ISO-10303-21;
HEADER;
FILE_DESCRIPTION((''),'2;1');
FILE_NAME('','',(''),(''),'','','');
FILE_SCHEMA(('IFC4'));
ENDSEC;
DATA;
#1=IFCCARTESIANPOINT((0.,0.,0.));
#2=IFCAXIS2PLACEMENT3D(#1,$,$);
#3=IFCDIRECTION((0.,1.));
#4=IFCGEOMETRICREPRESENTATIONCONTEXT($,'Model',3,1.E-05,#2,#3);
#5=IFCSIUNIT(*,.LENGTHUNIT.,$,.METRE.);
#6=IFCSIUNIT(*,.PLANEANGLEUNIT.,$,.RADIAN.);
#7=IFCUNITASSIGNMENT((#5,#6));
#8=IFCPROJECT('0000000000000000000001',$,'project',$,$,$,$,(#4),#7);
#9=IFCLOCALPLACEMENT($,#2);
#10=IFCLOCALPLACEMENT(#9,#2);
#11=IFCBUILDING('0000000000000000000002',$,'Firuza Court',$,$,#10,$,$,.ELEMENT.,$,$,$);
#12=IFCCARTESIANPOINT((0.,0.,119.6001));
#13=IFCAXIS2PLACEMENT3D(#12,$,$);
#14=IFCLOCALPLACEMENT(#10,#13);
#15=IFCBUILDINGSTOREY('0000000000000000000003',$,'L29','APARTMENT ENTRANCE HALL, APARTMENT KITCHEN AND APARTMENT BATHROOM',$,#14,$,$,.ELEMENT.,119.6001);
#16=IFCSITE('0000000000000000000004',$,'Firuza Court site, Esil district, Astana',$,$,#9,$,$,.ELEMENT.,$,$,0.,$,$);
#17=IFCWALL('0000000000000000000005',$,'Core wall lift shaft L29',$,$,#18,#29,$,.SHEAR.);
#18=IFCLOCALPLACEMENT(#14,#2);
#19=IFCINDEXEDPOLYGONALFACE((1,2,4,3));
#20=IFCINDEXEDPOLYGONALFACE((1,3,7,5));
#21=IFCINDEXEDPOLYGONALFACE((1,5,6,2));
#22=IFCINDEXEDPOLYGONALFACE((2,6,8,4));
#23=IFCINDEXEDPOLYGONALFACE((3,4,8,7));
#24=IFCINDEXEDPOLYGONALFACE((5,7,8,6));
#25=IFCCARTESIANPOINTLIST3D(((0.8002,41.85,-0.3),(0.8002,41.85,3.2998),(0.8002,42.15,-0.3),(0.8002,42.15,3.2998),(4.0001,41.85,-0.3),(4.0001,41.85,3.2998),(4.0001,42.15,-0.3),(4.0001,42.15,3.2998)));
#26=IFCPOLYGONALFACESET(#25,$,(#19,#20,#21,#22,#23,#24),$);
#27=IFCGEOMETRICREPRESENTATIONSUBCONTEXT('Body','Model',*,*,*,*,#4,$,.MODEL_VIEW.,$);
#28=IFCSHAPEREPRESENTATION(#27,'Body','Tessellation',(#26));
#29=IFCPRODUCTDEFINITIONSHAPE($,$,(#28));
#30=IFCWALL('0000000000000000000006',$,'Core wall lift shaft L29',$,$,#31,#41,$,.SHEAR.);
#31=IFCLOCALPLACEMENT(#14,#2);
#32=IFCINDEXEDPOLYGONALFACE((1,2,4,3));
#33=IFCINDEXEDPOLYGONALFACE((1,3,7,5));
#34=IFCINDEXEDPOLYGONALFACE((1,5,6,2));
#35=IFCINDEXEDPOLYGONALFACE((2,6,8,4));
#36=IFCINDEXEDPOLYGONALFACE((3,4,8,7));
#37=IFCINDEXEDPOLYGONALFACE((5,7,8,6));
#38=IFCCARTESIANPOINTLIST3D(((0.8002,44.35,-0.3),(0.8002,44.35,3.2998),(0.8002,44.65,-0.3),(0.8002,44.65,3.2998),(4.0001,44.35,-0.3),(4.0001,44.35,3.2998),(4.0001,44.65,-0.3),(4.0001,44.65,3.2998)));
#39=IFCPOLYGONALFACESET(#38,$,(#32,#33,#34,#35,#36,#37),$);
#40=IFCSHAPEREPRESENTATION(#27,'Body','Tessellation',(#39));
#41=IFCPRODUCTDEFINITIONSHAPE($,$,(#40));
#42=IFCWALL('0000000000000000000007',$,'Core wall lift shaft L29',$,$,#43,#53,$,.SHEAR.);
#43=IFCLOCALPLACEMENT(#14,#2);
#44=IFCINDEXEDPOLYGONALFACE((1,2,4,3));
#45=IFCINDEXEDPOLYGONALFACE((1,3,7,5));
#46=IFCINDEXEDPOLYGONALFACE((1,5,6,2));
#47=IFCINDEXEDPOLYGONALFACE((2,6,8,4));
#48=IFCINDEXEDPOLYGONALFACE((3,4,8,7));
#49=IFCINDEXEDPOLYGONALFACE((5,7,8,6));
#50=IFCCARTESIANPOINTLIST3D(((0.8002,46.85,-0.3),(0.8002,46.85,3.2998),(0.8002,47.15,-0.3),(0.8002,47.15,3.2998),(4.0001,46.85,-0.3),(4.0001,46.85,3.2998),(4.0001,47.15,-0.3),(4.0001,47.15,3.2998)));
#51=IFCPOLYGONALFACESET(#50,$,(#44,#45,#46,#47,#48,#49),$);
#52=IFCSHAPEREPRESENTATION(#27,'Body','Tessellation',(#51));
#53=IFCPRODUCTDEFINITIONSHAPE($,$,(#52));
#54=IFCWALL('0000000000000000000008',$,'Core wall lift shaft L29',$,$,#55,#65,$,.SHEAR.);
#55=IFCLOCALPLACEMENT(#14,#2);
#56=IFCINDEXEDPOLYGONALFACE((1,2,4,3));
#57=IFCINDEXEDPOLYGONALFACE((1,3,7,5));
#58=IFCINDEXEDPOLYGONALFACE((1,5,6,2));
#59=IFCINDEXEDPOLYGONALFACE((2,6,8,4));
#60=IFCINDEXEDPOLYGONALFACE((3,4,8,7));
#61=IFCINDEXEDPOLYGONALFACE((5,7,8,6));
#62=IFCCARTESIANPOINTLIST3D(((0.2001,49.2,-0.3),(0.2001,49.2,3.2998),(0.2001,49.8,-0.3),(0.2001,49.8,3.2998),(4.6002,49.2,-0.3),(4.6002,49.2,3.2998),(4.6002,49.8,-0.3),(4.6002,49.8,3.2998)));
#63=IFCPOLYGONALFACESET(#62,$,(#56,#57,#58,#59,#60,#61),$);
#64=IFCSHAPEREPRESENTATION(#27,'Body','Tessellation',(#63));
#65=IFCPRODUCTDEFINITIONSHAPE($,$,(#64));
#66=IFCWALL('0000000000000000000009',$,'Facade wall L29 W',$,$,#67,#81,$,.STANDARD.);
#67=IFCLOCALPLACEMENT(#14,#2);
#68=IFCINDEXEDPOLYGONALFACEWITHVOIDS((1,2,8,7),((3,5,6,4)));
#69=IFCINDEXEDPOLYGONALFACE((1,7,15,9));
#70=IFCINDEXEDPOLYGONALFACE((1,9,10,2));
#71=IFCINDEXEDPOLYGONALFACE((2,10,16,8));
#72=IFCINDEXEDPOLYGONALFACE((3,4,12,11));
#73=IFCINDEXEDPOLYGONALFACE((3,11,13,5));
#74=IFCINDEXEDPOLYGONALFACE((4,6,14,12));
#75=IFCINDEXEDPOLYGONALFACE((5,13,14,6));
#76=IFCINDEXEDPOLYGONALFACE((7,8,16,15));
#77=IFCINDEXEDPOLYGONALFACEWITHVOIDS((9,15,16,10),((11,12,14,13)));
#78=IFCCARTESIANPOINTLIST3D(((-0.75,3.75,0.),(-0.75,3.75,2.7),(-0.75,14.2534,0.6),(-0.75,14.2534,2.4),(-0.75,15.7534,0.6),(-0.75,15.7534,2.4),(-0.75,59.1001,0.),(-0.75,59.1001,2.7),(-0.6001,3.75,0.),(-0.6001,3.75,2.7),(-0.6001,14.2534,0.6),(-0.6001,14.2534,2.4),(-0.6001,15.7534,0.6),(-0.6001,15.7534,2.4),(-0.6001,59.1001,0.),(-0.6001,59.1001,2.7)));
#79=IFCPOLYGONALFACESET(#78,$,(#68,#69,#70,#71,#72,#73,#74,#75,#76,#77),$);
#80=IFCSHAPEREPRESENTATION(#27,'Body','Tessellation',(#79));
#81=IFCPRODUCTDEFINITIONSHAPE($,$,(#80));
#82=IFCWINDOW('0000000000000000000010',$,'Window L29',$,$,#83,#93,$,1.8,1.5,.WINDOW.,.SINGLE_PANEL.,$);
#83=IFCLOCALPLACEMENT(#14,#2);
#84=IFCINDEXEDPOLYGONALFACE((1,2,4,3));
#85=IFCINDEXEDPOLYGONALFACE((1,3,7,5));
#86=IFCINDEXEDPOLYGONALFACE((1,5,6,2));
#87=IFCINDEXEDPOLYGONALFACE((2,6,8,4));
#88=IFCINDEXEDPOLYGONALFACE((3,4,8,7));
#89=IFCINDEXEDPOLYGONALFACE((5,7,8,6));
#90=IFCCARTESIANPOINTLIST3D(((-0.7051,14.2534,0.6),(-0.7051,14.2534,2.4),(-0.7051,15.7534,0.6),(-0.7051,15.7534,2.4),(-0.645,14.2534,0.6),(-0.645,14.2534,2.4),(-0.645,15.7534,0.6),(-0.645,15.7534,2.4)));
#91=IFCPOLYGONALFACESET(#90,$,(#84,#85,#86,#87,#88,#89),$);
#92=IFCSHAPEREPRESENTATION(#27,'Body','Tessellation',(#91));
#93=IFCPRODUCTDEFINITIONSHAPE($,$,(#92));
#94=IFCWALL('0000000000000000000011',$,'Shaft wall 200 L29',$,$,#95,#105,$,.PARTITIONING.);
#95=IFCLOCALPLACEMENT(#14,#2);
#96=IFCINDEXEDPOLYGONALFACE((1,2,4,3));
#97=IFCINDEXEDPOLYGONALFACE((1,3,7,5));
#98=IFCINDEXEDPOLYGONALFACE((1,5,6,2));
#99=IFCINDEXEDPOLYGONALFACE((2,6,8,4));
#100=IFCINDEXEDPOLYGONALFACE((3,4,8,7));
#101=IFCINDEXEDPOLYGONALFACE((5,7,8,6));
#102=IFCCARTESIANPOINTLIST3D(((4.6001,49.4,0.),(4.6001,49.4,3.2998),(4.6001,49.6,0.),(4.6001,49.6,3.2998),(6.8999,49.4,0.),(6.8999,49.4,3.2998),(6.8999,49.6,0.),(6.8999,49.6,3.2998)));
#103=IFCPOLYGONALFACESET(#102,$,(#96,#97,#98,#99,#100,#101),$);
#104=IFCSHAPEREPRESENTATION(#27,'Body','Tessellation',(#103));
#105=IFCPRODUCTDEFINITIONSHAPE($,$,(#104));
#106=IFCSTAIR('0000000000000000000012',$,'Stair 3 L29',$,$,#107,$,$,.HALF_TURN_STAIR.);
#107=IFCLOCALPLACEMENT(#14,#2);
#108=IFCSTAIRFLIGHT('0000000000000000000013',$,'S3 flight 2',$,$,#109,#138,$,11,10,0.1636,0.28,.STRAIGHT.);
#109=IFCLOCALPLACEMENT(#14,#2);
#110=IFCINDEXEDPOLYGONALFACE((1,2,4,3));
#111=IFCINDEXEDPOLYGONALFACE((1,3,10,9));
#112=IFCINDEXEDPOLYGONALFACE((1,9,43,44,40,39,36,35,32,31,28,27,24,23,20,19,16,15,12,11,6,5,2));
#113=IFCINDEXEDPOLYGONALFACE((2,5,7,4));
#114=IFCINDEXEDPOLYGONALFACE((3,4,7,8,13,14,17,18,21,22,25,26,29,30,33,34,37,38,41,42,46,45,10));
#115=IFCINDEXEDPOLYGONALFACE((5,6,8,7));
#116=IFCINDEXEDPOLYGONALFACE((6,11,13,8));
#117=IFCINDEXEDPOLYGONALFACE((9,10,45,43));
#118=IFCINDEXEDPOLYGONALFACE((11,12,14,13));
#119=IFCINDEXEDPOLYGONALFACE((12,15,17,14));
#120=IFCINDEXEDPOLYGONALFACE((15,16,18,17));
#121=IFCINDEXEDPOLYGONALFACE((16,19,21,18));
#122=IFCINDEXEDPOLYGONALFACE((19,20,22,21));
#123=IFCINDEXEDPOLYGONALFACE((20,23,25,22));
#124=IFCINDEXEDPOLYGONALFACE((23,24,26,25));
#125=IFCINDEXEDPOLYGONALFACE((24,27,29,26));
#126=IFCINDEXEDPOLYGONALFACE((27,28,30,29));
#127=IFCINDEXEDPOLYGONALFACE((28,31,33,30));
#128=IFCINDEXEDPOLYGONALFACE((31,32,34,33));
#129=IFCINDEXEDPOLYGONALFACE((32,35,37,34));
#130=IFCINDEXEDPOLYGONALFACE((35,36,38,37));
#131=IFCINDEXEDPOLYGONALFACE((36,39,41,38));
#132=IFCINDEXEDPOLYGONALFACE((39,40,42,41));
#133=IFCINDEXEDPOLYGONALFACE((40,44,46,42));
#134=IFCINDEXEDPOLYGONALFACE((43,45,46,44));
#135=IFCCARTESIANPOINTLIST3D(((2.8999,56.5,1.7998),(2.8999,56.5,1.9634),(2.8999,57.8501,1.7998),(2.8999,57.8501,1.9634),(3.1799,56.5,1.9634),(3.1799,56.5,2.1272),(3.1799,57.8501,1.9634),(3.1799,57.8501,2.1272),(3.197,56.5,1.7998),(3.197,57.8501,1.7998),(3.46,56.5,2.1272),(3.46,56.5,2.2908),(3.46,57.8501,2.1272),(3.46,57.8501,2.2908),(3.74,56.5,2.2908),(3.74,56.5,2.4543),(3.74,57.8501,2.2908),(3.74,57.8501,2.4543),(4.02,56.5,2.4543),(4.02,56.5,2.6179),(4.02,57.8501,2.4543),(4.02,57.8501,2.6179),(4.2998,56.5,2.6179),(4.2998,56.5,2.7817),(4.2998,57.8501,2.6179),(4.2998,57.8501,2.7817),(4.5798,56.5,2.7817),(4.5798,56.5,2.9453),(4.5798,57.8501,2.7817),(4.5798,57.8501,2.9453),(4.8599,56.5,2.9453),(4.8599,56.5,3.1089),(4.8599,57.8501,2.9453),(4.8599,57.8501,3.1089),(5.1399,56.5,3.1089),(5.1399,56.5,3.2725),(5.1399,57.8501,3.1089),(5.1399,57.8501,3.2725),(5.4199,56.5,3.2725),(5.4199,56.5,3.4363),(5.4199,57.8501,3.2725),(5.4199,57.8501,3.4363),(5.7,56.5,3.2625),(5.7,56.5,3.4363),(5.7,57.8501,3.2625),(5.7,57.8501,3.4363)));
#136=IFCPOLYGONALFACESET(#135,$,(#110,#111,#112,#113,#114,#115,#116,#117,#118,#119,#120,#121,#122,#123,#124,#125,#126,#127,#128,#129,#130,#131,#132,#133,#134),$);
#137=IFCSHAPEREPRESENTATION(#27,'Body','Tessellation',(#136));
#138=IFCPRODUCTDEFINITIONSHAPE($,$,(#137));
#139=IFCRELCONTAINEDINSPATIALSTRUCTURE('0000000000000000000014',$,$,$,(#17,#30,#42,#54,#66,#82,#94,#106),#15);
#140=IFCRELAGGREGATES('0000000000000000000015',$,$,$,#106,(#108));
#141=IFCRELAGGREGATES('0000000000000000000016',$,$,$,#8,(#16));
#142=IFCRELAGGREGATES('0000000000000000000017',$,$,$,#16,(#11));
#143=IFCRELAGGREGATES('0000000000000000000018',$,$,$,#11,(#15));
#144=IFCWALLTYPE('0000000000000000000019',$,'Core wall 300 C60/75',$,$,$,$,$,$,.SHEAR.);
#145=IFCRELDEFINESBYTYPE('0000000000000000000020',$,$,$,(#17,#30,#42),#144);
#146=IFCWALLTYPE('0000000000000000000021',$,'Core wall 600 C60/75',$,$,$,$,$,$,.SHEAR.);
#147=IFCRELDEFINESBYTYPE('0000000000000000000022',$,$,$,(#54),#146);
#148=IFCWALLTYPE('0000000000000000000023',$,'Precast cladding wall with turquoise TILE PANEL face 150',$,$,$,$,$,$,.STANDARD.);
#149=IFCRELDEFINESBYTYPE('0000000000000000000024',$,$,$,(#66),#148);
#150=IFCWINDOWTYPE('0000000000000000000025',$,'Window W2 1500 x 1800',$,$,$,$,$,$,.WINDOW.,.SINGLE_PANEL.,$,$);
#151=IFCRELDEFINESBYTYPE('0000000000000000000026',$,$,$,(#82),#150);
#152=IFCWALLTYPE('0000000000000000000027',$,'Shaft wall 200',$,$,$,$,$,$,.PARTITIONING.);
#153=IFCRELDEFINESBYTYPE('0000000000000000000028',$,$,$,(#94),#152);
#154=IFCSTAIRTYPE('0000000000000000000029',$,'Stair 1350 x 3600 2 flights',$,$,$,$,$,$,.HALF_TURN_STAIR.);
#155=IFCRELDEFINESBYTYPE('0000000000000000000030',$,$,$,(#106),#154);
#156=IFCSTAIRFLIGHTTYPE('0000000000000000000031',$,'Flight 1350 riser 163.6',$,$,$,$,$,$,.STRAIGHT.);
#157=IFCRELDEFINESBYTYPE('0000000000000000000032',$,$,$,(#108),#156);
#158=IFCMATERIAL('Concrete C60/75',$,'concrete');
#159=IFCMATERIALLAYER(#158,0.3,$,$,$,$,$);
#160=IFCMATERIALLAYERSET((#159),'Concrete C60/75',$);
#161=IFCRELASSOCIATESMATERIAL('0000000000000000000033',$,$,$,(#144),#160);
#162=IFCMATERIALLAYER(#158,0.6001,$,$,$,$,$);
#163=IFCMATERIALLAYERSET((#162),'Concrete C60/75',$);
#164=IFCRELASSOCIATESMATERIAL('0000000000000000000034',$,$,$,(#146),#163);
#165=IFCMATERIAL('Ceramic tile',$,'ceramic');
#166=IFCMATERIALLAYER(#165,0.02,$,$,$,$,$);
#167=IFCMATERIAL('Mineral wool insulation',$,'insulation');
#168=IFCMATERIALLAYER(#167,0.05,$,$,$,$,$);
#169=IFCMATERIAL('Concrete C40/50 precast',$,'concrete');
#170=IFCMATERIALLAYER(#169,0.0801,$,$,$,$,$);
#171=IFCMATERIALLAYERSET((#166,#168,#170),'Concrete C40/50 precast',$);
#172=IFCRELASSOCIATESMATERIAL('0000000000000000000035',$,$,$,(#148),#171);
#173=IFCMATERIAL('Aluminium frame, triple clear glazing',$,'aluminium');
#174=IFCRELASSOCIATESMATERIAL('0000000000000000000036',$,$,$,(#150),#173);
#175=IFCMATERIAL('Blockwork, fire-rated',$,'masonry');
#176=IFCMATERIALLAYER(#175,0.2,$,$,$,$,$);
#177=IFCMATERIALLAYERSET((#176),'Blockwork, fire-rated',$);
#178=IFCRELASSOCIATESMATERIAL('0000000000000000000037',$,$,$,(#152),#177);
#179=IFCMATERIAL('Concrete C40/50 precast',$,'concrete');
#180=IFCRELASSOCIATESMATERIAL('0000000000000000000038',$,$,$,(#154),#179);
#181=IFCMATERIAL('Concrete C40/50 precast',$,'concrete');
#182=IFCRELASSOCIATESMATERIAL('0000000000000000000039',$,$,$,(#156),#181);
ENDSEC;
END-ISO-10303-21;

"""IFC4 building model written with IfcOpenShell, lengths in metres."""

from ifc_helpers import new_model, si_unit, direction, frame, frame_2d, origin, place, context, subcontext, project, spatial, polyline, rectangle, outline, extrude, material, layer, layer_set, type_object, element, fill, aggregate, save


model = new_model("IFC4")

# Units and contexts
model_context = context("Model", 3, precision=1e-05, world=origin(), true_north=direction((0.0, 1.0)))
body_context = subcontext(model_context, "Body", "Model", "MODEL_VIEW")
ifc_project = project(units=[si_unit("LENGTHUNIT", "METRE"), si_unit("PLANEANGLEUNIT", "RADIAN")], contexts=[model_context])

# Site, building, storey
site_placement = place(None, origin())
site = spatial("IfcSite", under=ifc_project, at=site_placement, Name="Firuza Court site, Esil district, Astana", CompositionType="ELEMENT", RefElevation=0.0)
building_placement = place(site_placement, origin())
building = spatial("IfcBuilding", under=site, at=building_placement, Name="Firuza Court", CompositionType="ELEMENT")
storey_placement = place(building_placement, frame((0.0, 0.0, 119.6001)))
storey = spatial("IfcBuildingStorey", under=building, at=storey_placement, Name="L29", Description="APARTMENT ENTRANCE HALL, APARTMENT KITCHEN AND APARTMENT BATHROOM", CompositionType="ELEMENT", Elevation=119.6001)

# Shared definitions
ifc_material_1 = material(Name="Concrete C60/75", Category="concrete")
ifc_layer_1 = layer(ifc_material_1, 0.3)
ifc_layer_set_1 = layer_set([ifc_layer_1], Name="Concrete C60/75")
wall_type_1 = type_object("IfcWallType", Name="Core wall 300 C60/75", PredefinedType="SHEAR", material=ifc_layer_set_1)

# Walls
for number, where, z_axis, x_axis, name in (
    (1, (0.8, 42.0, -0.3), (0.0, 0.0, 1.0), (1.0, 0.0, 0.0), "Core wall lift shaft L29"),
    (2, (0.8, 44.5, -0.3), (0.0, 0.0, 1.0), (1.0, 0.0, 0.0), "Core wall lift shaft L29"),
    (3, (0.8, 47.0, -0.3), (0.0, 0.0, 1.0), (1.0, 0.0, 0.0), "Core wall lift shaft L29"),
):
    element("IfcWall", number, at=place(storey_placement, frame(where, z_axis=z_axis, x_axis=x_axis)), inside=storey, type_object=wall_type_1, Name=name, PredefinedType="SHEAR", context=body_context, shape_type="SweptSolid", body=[
        extrude(rectangle(XDim=3.2, YDim=0.3, at=frame_2d((1.6001, 0.0))), origin(), (0.0, 0.0, 1.0), 3.5999),
    ])
ifc_layer_2 = layer(ifc_material_1, 0.6001)
ifc_layer_set_2 = layer_set([ifc_layer_2], Name="Concrete C60/75")
wall_type_2 = type_object("IfcWallType", Name="Core wall 600 C60/75", PredefinedType="SHEAR", material=ifc_layer_set_2)
wall_1_placement = place(storey_placement, frame((0.2, 49.5, -0.3), z_axis=(0.0, 0.0, 1.0), x_axis=(1.0, 0.0, 0.0)))
element("IfcWall", 4, at=wall_1_placement, inside=storey, type_object=wall_type_2, Name="Core wall lift shaft L29", PredefinedType="SHEAR", context=body_context, shape_type="SweptSolid", body=[
    extrude(rectangle(XDim=4.4001, YDim=0.6001, at=frame_2d((2.2002, 0.0))), origin(), (0.0, 0.0, 1.0), 3.5999),
])

# Wall, opening, window
ifc_material_2 = material(Name="Ceramic tile", Category="ceramic")
ifc_layer_3 = layer(ifc_material_2, 0.02)
ifc_material_3 = material(Name="Mineral wool insulation", Category="insulation")
ifc_layer_4 = layer(ifc_material_3, 0.05)
ifc_material_4 = material(Name="Concrete C40/50 precast", Category="concrete")
ifc_layer_5 = layer(ifc_material_4, 0.0801)
ifc_layer_set_3 = layer_set([ifc_layer_3, ifc_layer_4, ifc_layer_5], Name="Concrete C40/50 precast")
wall_type_3 = type_object("IfcWallType", Name="Precast cladding wall with turquoise TILE PANEL face 150", PredefinedType="STANDARD", material=ifc_layer_set_3)
wall_2_placement = place(storey_placement, frame((-0.675, 59.1001, 0.0), z_axis=(0.0, 0.0, 1.0), x_axis=(0.0, -1.0, 0.0)))
wall_2 = element("IfcWall", 5, at=wall_2_placement, inside=storey, type_object=wall_type_3, Name="Facade wall L29 W", PredefinedType="STANDARD", context=body_context, shape_type="SweptSolid", body=[
    extrude(rectangle(XDim=55.3501, YDim=0.1499, at=frame_2d((27.675, 0.0))), origin(), (0.0, 0.0, 1.0), 2.7),
])
opening_1_placement = place(wall_2_placement, frame((43.3467, 0.0, 0.6001)))
opening_1 = element("IfcOpeningElement", 6, at=opening_1_placement, cuts=wall_2, PredefinedType="OPENING", context=body_context, shape_type="SweptSolid", body=[
    extrude(rectangle(XDim=1.5, YDim=1.8, at=frame_2d((0.75, 0.8999))), frame((0.0, 0.0869, 0.0), z_axis=(0.0, -1.0, 0.0), x_axis=(1.0, 0.0, 0.0)), (0.0, 0.0, 1.0), 0.1738),
])
ifc_material_5 = material(Name="Aluminium frame, triple clear glazing", Category="aluminium")
window_type = type_object("IfcWindowType", Name="Window W2 1500 x 1800", PartitioningType="SINGLE_PANEL", PredefinedType="WINDOW", material=ifc_material_5)
window_placement = place(opening_1_placement, origin())
window = element("IfcWindow", 7, at=window_placement, inside=storey, type_object=window_type, Name="Window L29", OverallHeight=1.8, OverallWidth=1.5, PartitioningType="SINGLE_PANEL", PredefinedType="WINDOW", context=body_context, shape_type="SweptSolid", body=[
    extrude(rectangle(XDim=1.5, YDim=1.8, at=frame_2d((0.75, 0.8999))), frame((0.0, 0.03, 0.0), z_axis=(0.0, -1.0, 0.0), x_axis=(1.0, 0.0, 0.0)), (0.0, 0.0, 1.0), 0.0601),
])
fill(opening_1, window)

# Wall
ifc_material_6 = material(Name="Blockwork, fire-rated", Category="masonry")
ifc_layer_6 = layer(ifc_material_6, 0.2)
ifc_layer_set_4 = layer_set([ifc_layer_6], Name="Blockwork, fire-rated")
wall_type_4 = type_object("IfcWallType", Name="Shaft wall 200", PredefinedType="PARTITIONING", material=ifc_layer_set_4)
wall_3_placement = place(storey_placement, frame((4.6001, 49.5, 0.0), z_axis=(0.0, 0.0, 1.0), x_axis=(1.0, 0.0, 0.0)))
element("IfcWall", 8, at=wall_3_placement, inside=storey, type_object=wall_type_4, Name="Shaft wall 200 L29", PredefinedType="PARTITIONING", context=body_context, shape_type="SweptSolid", body=[
    extrude(rectangle(XDim=2.2998, YDim=0.2, at=frame_2d((1.1499, 0.0))), origin(), (0.0, 0.0, 1.0), 3.2998),
])

# Stair, stair flight
ifc_material_7 = material(Name="Concrete C40/50 precast", Category="concrete")
stair_type = type_object("IfcStairType", Name="Stair 1350 x 3600 2 flights", PredefinedType="HALF_TURN_STAIR", material=ifc_material_7)
stair_placement = place(storey_placement, origin())
stair = element("IfcStair", 9, at=stair_placement, inside=storey, type_object=stair_type, Name="Stair 3 L29", PredefinedType="HALF_TURN_STAIR")
ifc_material_8 = material(Name="Concrete C40/50 precast", Category="concrete")
stair_flight_type = type_object("IfcStairFlightType", Name="Flight 1350 riser 163.6", PredefinedType="STRAIGHT", material=ifc_material_8)
stair_flight_placement = place(storey_placement, frame((2.8999, 57.175, 1.7998), z_axis=(0.0, 0.0, 1.0), x_axis=(1.0, 0.0, 0.0)))
stair_flight = element("IfcStairFlight", 10, at=stair_flight_placement, type_object=stair_flight_type, Name="S3 flight 2", NumberOfRisers=11, NumberOfTreads=10, PredefinedType="STRAIGHT", RiserHeight=0.1636, TreadLength=0.28, context=body_context, shape_type="SweptSolid", body=[
    extrude(outline(polyline([(0.0, 0.0), (0.0, 0.1636), (0.28, 0.1636), (0.28, 0.3274), (0.5601, 0.3274), (0.5601, 0.491), (0.8401, 0.491), (0.8401, 0.6545), (1.1201, 0.6545), (1.1201, 0.8181), (1.3999, 0.8181), (1.3999, 0.9819), (1.6799, 0.9819), (1.6799, 1.1455), (1.96, 1.1455), (1.96, 1.3091), (2.24, 1.3091), (2.24, 1.4727), (2.52, 1.4727), (2.52, 1.6365), (2.8, 1.6365), (2.8, 1.8), (2.8, 1.4626), (0.2971, 0.0), (0.0, 0.0)])), frame((0.0, 0.675, 0.0), z_axis=(0.0, -1.0, 0.0), x_axis=(1.0, 0.0, 0.0)), (0.0, 0.0, 1.0), 1.3501),
])
aggregate(stair, [stair_flight])

save(model, "model.ifc")
